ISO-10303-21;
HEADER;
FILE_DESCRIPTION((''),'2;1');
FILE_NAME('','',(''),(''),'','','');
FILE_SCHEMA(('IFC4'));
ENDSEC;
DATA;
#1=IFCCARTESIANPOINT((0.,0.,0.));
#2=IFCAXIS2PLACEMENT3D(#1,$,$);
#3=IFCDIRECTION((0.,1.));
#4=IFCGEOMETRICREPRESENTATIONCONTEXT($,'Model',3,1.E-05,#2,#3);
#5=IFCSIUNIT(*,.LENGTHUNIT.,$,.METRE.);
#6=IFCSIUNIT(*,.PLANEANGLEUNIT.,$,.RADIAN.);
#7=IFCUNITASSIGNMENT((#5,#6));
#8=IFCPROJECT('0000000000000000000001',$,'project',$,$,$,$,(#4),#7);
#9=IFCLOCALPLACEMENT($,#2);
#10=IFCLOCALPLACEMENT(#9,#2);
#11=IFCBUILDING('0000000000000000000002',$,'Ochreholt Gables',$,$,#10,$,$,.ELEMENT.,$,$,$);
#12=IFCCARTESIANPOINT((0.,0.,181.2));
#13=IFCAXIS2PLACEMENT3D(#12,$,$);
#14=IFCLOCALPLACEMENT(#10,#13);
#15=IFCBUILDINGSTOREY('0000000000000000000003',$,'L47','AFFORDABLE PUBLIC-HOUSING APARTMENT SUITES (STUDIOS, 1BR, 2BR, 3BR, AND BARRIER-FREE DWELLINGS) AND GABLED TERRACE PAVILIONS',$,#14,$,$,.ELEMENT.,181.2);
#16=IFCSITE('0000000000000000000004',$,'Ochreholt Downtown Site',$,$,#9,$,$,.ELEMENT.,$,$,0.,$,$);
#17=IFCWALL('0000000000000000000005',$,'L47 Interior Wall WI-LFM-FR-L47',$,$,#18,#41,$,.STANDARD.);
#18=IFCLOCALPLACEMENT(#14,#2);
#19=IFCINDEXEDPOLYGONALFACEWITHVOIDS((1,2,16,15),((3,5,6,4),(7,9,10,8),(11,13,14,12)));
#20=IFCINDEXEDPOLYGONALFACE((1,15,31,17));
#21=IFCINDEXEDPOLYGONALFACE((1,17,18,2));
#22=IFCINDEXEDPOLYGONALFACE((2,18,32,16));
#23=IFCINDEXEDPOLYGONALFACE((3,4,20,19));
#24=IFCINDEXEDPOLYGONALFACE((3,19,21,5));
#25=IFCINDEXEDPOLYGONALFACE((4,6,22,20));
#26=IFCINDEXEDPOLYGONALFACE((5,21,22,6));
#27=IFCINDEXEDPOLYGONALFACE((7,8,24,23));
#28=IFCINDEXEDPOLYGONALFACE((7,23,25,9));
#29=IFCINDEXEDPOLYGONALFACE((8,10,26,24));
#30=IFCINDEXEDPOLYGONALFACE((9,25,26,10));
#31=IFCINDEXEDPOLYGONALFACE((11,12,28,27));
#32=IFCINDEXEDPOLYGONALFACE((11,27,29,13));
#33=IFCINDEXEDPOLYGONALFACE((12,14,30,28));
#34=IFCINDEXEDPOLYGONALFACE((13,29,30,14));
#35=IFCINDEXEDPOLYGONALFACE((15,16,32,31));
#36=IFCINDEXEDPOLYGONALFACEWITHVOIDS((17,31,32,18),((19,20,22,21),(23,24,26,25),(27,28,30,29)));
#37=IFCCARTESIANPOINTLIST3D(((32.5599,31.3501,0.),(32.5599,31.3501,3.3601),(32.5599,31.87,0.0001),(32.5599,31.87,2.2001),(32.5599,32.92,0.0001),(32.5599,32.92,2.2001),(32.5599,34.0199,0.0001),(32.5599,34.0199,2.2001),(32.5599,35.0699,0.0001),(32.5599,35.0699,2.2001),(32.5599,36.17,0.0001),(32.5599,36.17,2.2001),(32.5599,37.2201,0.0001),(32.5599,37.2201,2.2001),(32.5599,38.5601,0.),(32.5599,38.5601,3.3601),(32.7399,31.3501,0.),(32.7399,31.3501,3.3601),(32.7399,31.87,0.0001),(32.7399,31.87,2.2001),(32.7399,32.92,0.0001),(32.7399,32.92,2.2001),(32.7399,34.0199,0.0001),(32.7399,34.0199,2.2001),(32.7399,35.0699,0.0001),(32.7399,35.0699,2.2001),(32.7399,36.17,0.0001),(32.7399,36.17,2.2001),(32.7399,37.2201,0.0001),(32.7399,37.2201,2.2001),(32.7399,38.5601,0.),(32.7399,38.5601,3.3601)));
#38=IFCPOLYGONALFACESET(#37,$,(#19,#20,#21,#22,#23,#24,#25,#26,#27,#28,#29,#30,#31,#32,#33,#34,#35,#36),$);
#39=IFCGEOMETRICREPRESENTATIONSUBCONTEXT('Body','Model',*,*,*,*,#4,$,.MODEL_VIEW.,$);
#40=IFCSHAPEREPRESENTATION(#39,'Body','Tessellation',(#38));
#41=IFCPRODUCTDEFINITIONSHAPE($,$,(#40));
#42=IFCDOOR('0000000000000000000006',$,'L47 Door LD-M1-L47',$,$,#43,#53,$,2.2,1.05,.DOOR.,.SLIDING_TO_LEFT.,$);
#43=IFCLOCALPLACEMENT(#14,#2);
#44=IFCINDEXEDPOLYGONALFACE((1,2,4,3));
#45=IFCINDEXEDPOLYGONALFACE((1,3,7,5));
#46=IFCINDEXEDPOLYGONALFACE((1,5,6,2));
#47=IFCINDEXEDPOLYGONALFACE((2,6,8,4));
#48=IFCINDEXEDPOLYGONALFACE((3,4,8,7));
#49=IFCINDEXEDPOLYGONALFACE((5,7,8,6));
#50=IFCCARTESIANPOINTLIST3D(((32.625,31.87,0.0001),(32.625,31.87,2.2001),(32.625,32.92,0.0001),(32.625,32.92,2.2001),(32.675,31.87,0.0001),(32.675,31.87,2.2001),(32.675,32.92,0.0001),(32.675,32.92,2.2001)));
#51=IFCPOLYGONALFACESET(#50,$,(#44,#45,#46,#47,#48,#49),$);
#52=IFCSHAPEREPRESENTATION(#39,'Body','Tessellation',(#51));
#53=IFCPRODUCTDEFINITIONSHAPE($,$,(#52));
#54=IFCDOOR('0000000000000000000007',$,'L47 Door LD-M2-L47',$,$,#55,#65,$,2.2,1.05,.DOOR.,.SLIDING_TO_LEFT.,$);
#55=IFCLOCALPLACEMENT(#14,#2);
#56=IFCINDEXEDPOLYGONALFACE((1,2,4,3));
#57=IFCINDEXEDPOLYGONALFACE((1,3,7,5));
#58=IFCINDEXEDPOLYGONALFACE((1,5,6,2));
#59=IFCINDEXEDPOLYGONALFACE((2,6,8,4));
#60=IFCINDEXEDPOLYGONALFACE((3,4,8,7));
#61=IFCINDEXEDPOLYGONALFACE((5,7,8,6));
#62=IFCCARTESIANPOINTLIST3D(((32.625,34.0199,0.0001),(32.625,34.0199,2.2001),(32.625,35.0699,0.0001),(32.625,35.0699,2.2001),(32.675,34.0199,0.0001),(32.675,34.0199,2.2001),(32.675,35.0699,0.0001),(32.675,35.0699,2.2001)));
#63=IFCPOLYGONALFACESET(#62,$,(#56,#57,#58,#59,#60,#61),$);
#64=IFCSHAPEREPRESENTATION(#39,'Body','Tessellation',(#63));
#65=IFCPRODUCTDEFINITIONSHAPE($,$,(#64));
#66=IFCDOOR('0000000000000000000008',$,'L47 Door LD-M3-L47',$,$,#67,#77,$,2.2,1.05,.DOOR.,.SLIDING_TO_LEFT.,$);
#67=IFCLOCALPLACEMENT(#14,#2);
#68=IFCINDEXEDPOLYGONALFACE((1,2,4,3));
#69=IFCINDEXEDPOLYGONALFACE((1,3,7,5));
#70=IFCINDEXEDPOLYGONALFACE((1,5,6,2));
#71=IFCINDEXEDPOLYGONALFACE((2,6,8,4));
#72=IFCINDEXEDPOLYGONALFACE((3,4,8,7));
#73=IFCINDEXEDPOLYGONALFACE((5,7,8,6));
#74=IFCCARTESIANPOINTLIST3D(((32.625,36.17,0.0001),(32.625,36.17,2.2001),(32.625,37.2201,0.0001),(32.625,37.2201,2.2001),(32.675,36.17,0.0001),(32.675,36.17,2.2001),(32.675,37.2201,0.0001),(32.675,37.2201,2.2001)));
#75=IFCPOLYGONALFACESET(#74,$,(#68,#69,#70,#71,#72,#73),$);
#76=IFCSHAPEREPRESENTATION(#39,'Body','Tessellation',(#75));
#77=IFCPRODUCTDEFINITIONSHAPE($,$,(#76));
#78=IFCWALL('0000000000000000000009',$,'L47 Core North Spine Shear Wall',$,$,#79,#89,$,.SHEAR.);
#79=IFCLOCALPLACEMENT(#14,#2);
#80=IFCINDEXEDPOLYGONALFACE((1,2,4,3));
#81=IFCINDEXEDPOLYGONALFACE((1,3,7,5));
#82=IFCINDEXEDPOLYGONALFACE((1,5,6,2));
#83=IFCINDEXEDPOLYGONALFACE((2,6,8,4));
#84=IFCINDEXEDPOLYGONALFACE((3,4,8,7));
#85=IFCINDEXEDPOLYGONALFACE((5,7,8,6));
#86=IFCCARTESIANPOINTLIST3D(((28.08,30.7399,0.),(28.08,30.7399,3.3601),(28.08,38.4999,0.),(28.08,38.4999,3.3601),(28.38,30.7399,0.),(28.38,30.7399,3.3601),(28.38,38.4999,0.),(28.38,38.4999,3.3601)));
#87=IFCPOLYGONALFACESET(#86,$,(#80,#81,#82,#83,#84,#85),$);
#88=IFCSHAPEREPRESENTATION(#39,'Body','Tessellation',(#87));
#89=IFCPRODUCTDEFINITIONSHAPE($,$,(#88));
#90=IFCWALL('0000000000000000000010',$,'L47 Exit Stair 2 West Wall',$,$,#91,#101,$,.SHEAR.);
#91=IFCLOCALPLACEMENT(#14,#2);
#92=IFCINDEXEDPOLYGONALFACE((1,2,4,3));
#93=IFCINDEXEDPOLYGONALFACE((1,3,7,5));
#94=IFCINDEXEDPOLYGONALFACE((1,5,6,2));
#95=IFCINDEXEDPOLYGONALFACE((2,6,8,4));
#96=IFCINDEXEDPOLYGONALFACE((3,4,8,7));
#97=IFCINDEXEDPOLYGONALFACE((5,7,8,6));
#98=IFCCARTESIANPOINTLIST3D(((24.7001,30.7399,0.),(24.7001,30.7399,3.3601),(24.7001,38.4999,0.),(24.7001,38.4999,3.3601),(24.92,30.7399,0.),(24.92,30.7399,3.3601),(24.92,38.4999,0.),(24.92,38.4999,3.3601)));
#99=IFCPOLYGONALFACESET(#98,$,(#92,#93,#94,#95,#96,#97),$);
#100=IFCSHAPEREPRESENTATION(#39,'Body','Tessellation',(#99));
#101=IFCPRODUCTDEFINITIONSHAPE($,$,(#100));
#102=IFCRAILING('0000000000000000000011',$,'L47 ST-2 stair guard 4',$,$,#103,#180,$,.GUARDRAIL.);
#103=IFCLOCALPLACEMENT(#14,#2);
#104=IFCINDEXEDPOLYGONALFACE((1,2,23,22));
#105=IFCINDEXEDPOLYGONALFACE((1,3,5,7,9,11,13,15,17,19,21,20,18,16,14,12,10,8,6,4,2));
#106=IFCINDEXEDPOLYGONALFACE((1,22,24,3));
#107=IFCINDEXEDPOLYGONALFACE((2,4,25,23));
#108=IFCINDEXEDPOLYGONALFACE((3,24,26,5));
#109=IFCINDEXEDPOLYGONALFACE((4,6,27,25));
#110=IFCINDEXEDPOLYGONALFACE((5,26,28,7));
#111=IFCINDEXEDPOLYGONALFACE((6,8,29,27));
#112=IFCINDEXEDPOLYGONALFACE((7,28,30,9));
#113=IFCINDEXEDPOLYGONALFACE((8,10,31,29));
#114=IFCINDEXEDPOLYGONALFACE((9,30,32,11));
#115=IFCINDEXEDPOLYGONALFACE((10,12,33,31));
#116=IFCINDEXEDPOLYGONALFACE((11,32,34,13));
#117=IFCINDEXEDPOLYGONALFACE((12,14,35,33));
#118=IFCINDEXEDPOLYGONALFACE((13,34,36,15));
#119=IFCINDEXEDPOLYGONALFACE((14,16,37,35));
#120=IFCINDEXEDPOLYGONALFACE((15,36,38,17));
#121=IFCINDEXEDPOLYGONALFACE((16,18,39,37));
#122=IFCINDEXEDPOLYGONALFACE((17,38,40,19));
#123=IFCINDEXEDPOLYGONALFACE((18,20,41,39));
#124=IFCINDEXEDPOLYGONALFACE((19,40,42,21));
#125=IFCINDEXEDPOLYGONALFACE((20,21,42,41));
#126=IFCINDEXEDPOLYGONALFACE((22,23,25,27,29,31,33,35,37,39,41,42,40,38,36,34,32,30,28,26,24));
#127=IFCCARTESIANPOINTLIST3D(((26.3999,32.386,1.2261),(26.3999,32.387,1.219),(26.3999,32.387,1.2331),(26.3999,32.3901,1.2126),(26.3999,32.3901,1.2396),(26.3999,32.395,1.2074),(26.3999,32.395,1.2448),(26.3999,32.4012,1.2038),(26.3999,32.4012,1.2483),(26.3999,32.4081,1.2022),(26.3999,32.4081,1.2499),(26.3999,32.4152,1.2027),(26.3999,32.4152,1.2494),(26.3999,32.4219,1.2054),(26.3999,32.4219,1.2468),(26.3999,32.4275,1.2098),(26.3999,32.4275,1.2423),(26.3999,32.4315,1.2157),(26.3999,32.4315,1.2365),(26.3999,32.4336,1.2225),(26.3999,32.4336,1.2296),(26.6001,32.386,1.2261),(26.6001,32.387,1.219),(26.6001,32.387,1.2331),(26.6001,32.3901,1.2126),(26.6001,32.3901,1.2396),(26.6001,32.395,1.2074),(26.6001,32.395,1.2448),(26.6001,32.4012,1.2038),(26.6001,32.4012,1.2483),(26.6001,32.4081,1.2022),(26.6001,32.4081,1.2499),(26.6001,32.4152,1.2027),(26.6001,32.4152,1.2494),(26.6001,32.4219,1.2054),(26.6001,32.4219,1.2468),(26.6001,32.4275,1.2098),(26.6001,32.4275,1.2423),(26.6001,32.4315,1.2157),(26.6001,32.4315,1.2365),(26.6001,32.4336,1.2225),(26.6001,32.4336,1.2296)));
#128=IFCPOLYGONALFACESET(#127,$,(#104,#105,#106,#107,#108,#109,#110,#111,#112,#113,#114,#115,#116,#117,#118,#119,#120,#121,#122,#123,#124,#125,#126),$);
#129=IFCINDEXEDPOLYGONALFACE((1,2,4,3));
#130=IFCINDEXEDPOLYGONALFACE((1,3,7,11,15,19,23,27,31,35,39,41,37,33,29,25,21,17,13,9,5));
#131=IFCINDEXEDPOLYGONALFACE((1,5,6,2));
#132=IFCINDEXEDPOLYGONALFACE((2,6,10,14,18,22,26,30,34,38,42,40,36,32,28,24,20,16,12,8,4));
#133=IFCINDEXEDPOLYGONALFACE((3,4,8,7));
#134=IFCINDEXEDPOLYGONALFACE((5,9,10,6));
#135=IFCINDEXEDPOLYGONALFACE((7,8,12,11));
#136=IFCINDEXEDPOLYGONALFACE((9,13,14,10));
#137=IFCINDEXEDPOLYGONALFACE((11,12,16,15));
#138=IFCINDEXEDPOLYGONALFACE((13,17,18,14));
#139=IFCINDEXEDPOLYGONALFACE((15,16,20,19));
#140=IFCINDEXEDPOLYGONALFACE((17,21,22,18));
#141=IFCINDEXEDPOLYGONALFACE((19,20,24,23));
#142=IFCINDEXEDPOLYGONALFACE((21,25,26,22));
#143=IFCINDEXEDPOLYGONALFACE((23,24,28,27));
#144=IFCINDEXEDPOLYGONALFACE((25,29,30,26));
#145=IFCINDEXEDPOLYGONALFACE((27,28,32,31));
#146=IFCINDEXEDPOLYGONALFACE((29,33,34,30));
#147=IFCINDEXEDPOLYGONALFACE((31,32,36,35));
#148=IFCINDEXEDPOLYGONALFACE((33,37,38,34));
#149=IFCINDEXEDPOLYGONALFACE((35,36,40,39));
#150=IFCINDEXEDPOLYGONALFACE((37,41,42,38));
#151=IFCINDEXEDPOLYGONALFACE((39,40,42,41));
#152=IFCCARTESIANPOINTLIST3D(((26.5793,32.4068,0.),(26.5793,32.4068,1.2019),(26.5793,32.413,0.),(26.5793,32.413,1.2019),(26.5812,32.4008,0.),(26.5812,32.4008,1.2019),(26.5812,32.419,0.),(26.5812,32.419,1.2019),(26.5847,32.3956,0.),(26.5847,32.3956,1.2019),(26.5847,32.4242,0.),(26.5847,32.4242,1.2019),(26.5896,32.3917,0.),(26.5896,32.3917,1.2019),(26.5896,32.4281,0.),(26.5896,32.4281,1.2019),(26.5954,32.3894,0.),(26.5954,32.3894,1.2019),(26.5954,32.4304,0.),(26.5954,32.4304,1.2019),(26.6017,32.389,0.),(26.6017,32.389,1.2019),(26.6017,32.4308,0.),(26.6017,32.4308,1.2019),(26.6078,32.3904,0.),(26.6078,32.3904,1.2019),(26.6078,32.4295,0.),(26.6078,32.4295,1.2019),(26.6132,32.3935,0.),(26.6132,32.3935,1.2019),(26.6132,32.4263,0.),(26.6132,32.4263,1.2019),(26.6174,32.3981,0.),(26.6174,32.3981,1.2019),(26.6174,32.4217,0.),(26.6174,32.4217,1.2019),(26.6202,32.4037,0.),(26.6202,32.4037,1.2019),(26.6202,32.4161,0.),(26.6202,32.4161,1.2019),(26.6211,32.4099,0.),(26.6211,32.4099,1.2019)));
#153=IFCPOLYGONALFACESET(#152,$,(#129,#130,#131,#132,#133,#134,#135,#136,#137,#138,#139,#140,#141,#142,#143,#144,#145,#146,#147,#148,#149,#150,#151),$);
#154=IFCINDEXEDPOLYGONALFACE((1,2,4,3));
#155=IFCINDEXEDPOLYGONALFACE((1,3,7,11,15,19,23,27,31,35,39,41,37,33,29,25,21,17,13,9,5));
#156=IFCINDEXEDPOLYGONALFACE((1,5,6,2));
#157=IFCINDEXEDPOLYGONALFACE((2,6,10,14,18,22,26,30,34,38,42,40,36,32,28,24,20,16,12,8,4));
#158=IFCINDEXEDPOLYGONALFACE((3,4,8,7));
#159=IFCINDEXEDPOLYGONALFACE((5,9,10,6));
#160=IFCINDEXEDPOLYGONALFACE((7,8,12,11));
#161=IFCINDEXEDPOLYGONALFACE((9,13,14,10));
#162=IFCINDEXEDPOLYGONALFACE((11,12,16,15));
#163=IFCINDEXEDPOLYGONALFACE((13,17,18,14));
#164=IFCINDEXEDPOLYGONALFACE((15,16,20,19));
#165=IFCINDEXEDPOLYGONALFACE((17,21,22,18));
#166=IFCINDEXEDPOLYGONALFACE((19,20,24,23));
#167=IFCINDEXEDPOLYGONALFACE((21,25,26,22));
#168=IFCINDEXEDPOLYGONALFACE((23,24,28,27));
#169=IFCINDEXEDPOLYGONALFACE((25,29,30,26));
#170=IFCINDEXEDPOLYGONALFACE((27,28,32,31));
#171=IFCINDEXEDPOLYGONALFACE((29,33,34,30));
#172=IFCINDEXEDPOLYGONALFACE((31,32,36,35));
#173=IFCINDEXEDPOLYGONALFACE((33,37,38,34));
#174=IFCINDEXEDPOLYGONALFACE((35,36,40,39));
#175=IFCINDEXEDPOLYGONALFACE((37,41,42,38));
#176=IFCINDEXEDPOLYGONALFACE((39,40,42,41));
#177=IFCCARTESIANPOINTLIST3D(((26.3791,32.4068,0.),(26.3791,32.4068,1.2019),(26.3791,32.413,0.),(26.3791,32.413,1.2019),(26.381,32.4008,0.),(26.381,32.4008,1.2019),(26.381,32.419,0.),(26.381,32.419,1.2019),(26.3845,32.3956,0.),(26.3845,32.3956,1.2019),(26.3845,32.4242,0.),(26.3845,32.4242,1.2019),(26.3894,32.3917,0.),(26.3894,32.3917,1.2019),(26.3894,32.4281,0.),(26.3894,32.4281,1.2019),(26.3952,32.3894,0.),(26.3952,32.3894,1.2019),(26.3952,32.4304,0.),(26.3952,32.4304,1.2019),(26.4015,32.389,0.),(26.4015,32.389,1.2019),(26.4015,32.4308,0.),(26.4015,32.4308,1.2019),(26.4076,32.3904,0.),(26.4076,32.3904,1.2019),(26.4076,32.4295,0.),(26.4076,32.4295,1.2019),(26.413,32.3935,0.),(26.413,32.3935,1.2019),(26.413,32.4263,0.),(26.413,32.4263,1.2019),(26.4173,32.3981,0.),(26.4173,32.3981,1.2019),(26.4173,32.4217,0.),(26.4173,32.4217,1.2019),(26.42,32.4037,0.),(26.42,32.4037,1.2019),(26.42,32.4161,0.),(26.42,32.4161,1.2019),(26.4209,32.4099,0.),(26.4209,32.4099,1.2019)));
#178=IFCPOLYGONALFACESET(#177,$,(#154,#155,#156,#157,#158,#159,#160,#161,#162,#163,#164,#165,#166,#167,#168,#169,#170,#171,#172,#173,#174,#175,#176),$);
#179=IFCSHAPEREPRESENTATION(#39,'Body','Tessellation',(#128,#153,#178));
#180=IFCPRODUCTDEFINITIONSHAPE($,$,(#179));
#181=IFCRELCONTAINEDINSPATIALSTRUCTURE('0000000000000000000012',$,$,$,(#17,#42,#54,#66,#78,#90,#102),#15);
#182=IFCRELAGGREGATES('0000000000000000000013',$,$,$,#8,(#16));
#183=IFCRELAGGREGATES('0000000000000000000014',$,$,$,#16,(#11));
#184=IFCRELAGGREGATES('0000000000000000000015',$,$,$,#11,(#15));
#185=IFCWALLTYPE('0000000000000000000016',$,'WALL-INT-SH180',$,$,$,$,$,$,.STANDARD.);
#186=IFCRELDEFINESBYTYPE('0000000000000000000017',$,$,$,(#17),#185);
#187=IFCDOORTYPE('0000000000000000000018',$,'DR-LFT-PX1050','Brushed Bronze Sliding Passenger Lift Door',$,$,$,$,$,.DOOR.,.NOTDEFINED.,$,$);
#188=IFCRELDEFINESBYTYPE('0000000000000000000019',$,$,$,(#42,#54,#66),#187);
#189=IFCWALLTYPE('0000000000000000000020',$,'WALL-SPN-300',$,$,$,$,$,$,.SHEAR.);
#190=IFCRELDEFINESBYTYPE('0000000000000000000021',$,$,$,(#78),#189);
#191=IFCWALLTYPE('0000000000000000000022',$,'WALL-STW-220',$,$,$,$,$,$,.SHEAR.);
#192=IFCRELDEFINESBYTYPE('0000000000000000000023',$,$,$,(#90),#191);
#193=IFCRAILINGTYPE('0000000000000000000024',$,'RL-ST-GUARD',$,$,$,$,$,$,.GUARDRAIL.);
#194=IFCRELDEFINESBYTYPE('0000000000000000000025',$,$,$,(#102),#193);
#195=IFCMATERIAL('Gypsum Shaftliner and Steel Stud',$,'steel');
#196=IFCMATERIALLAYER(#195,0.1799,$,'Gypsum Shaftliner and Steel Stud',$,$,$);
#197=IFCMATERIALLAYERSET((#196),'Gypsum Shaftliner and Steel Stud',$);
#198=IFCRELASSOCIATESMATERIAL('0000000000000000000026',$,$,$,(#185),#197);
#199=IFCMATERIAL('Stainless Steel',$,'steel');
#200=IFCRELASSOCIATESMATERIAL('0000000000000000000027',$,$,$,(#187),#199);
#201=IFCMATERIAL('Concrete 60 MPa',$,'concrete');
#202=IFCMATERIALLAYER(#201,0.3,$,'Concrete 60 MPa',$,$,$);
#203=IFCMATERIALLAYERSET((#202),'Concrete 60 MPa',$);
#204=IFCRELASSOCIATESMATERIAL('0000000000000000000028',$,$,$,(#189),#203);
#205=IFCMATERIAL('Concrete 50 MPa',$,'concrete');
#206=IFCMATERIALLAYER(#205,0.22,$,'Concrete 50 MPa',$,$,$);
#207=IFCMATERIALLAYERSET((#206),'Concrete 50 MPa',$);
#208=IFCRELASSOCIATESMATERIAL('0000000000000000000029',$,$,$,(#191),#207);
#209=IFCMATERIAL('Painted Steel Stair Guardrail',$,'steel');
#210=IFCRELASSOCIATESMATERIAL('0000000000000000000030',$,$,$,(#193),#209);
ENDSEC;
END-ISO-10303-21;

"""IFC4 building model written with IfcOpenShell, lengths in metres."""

from ifc_helpers import new_model, si_unit, direction, frame, frame_2d, origin, origin_2d, place, context, subcontext, project, spatial, rectangle, circle, extrude, material, layer, layer_set, type_object, element, fill, save


model = new_model("IFC4")

# Units and contexts
model_context = context("Model", 3, precision=1e-05, world=origin(), true_north=direction((0.0, 1.0)))
body_context = subcontext(model_context, "Body", "Model", "MODEL_VIEW")
ifc_project = project(units=[si_unit("LENGTHUNIT", "METRE"), si_unit("PLANEANGLEUNIT", "RADIAN")], contexts=[model_context])

# Site, building, storey
site_placement = place(None, origin())
site = spatial("IfcSite", under=ifc_project, at=site_placement, Name="Ochreholt Downtown Site", CompositionType="ELEMENT", RefElevation=0.0)
building_placement = place(site_placement, origin())
building = spatial("IfcBuilding", under=site, at=building_placement, Name="Ochreholt Gables", CompositionType="ELEMENT")
storey_placement = place(building_placement, frame((0.0, 0.0, 181.2)))
storey = spatial("IfcBuildingStorey", under=building, at=storey_placement, Name="L47", Description="AFFORDABLE PUBLIC-HOUSING APARTMENT SUITES (STUDIOS, 1BR, 2BR, 3BR, AND BARRIER-FREE DWELLINGS) AND GABLED TERRACE PAVILIONS", CompositionType="ELEMENT", Elevation=181.2)

# Shared definitions
ifc_material_1 = material(Name="Gypsum Shaftliner and Steel Stud", Category="steel")
ifc_layer_1 = layer(ifc_material_1, 0.1799, Name="Gypsum Shaftliner and Steel Stud")
ifc_layer_set_1 = layer_set([ifc_layer_1], Name="Gypsum Shaftliner and Steel Stud")
wall_type_1 = type_object("IfcWallType", Name="WALL-INT-SH180", PredefinedType="STANDARD", material=ifc_layer_set_1)

# Wall, openings, doors
wall_1_placement = place(storey_placement, frame((32.6499, 31.3501, 0.0), z_axis=(0.0, 0.0, 1.0), x_axis=(0.0, 1.0, 0.0)))
wall_1 = element("IfcWall", 1, at=wall_1_placement, inside=storey, type_object=wall_type_1, Name="L47 Interior Wall WI-LFM-FR-L47", PredefinedType="STANDARD", context=body_context, shape_type="SweptSolid", body=[
    extrude(rectangle(XDim=7.21, YDim=0.1799, at=frame_2d((3.605, 0.0))), origin(), (0.0, 0.0, 1.0), 3.3601),
])
opening_1_placement = place(wall_1_placement, frame((0.52, 0.0, 0.0)))
opening_1 = element("IfcOpeningElement", 2, at=opening_1_placement, cuts=wall_1, PredefinedType="OPENING", context=body_context, shape_type="SweptSolid", body=[
    extrude(rectangle(XDim=1.05, YDim=2.2, at=frame_2d((0.5249, 1.1001))), frame((0.0, 0.0999, 0.0), z_axis=(0.0, -1.0, 0.0), x_axis=(1.0, 0.0, 0.0)), (0.0, 0.0, 1.0), 0.2),
])
opening_2_placement = place(wall_1_placement, frame((2.6699, 0.0, 0.0)))
opening_2 = element("IfcOpeningElement", 3, at=opening_2_placement, cuts=wall_1, PredefinedType="OPENING", context=body_context, shape_type="SweptSolid", body=[
    extrude(rectangle(XDim=1.05, YDim=2.2, at=frame_2d((0.5249, 1.1001))), frame((0.0, 0.0999, 0.0), z_axis=(0.0, -1.0, 0.0), x_axis=(1.0, 0.0, 0.0)), (0.0, 0.0, 1.0), 0.2),
])
opening_3_placement = place(wall_1_placement, frame((4.8201, 0.0, 0.0)))
opening_3 = element("IfcOpeningElement", 4, at=opening_3_placement, cuts=wall_1, PredefinedType="OPENING", context=body_context, shape_type="SweptSolid", body=[
    extrude(rectangle(XDim=1.05, YDim=2.2, at=frame_2d((0.5249, 1.1001))), frame((0.0, 0.0999, 0.0), z_axis=(0.0, -1.0, 0.0), x_axis=(1.0, 0.0, 0.0)), (0.0, 0.0, 1.0), 0.2),
])
ifc_material_2 = material(Name="Stainless Steel", Category="steel")
door_type_1 = type_object("IfcDoorType", Name="DR-LFT-PX1050", Description="Brushed Bronze Sliding Passenger Lift Door", OperationType="NOTDEFINED", PredefinedType="DOOR", material=ifc_material_2)
door_1_placement = place(opening_1_placement, origin())
door_1 = element("IfcDoor", 5, at=door_1_placement, inside=storey, type_object=door_type_1, Name="L47 Door LD-M1-L47", OperationType="SLIDING_TO_LEFT", OverallHeight=2.2, OverallWidth=1.05, PredefinedType="DOOR", context=body_context, shape_type="SweptSolid", body=[
    extrude(rectangle(XDim=1.05, YDim=2.2, at=frame_2d((0.5249, 1.1001))), frame((0.0, 0.0249, 0.0), z_axis=(0.0, -1.0, 0.0), x_axis=(1.0, 0.0, 0.0)), (0.0, 0.0, 1.0), 0.05),
])
fill(opening_1, door_1)
door_2_placement = place(opening_2_placement, origin())
door_2 = element("IfcDoor", 6, at=door_2_placement, inside=storey, type_object=door_type_1, Name="L47 Door LD-M2-L47", OperationType="SLIDING_TO_LEFT", OverallHeight=2.2, OverallWidth=1.05, PredefinedType="DOOR", context=body_context, shape_type="SweptSolid", body=[
    extrude(rectangle(XDim=1.05, YDim=2.2, at=frame_2d((0.5249, 1.1001))), frame((0.0, 0.0249, 0.0), z_axis=(0.0, -1.0, 0.0), x_axis=(1.0, 0.0, 0.0)), (0.0, 0.0, 1.0), 0.05),
])
fill(opening_2, door_2)
door_3_placement = place(opening_3_placement, origin())
door_3 = element("IfcDoor", 7, at=door_3_placement, inside=storey, type_object=door_type_1, Name="L47 Door LD-M3-L47", OperationType="SLIDING_TO_LEFT", OverallHeight=2.2, OverallWidth=1.05, PredefinedType="DOOR", context=body_context, shape_type="SweptSolid", body=[
    extrude(rectangle(XDim=1.05, YDim=2.2, at=frame_2d((0.5249, 1.1001))), frame((0.0, 0.0249, 0.0), z_axis=(0.0, -1.0, 0.0), x_axis=(1.0, 0.0, 0.0)), (0.0, 0.0, 1.0), 0.05),
])
fill(opening_3, door_3)

# Walls
ifc_material_3 = material(Name="Concrete 60 MPa", Category="concrete")
ifc_layer_2 = layer(ifc_material_3, 0.3, Name="Concrete 60 MPa")
ifc_layer_set_2 = layer_set([ifc_layer_2], Name="Concrete 60 MPa")
wall_type_2 = type_object("IfcWallType", Name="WALL-SPN-300", PredefinedType="SHEAR", material=ifc_layer_set_2)
wall_2_placement = place(storey_placement, frame((28.23, 30.74, 0.0), z_axis=(0.0, 0.0, 1.0), x_axis=(0.0, 1.0, 0.0)))
element("IfcWall", 8, at=wall_2_placement, inside=storey, type_object=wall_type_2, Name="L47 Core North Spine Shear Wall", PredefinedType="SHEAR", context=body_context, shape_type="SweptSolid", body=[
    extrude(rectangle(XDim=7.76, YDim=0.3, at=frame_2d((3.8799, 0.0))), origin(), (0.0, 0.0, 1.0), 3.3601),
])
ifc_material_4 = material(Name="Concrete 50 MPa", Category="concrete")
ifc_layer_3 = layer(ifc_material_4, 0.22, Name="Concrete 50 MPa")
ifc_layer_set_3 = layer_set([ifc_layer_3], Name="Concrete 50 MPa")
wall_type_3 = type_object("IfcWallType", Name="WALL-STW-220", PredefinedType="SHEAR", material=ifc_layer_set_3)
wall_3_placement = place(storey_placement, frame((24.8101, 30.74, 0.0), z_axis=(0.0, 0.0, 1.0), x_axis=(0.0, 1.0, 0.0)))
element("IfcWall", 9, at=wall_3_placement, inside=storey, type_object=wall_type_3, Name="L47 Exit Stair 2 West Wall", PredefinedType="SHEAR", context=body_context, shape_type="SweptSolid", body=[
    extrude(rectangle(XDim=7.76, YDim=0.22, at=frame_2d((3.8799, 0.0))), origin(), (0.0, 0.0, 1.0), 3.3601),
])

# Railing
ifc_material_5 = material(Name="Painted Steel Stair Guardrail", Category="steel")
railing_type = type_object("IfcRailingType", Name="RL-ST-GUARD", PredefinedType="GUARDRAIL", material=ifc_material_5)
railing_placement = place(storey_placement, frame((26.6001, 32.4099, 0.0)))
element("IfcRailing", 10, at=railing_placement, inside=storey, type_object=railing_type, Name="L47 ST-2 stair guard 4", PredefinedType="GUARDRAIL", context=body_context, shape_type="SweptSolid", body=[
    extrude(circle(Radius=0.0239, at=origin_2d()), frame((0.0, 0.0, 1.2261), z_axis=(-1.0, 0.0, 0.0), x_axis=(0.0, -1.0, 0.0)), (0.0, 0.0, 1.0), 0.2002),
    extrude(circle(Radius=0.021, at=origin_2d()), origin(), (0.0, 0.0, 1.0), 1.2019),
    extrude(circle(Radius=0.021, at=origin_2d()), frame((-0.2002, 0.0, 0.0)), (0.0, 0.0, 1.0), 1.2019),
])

save(model, "model.ifc")
